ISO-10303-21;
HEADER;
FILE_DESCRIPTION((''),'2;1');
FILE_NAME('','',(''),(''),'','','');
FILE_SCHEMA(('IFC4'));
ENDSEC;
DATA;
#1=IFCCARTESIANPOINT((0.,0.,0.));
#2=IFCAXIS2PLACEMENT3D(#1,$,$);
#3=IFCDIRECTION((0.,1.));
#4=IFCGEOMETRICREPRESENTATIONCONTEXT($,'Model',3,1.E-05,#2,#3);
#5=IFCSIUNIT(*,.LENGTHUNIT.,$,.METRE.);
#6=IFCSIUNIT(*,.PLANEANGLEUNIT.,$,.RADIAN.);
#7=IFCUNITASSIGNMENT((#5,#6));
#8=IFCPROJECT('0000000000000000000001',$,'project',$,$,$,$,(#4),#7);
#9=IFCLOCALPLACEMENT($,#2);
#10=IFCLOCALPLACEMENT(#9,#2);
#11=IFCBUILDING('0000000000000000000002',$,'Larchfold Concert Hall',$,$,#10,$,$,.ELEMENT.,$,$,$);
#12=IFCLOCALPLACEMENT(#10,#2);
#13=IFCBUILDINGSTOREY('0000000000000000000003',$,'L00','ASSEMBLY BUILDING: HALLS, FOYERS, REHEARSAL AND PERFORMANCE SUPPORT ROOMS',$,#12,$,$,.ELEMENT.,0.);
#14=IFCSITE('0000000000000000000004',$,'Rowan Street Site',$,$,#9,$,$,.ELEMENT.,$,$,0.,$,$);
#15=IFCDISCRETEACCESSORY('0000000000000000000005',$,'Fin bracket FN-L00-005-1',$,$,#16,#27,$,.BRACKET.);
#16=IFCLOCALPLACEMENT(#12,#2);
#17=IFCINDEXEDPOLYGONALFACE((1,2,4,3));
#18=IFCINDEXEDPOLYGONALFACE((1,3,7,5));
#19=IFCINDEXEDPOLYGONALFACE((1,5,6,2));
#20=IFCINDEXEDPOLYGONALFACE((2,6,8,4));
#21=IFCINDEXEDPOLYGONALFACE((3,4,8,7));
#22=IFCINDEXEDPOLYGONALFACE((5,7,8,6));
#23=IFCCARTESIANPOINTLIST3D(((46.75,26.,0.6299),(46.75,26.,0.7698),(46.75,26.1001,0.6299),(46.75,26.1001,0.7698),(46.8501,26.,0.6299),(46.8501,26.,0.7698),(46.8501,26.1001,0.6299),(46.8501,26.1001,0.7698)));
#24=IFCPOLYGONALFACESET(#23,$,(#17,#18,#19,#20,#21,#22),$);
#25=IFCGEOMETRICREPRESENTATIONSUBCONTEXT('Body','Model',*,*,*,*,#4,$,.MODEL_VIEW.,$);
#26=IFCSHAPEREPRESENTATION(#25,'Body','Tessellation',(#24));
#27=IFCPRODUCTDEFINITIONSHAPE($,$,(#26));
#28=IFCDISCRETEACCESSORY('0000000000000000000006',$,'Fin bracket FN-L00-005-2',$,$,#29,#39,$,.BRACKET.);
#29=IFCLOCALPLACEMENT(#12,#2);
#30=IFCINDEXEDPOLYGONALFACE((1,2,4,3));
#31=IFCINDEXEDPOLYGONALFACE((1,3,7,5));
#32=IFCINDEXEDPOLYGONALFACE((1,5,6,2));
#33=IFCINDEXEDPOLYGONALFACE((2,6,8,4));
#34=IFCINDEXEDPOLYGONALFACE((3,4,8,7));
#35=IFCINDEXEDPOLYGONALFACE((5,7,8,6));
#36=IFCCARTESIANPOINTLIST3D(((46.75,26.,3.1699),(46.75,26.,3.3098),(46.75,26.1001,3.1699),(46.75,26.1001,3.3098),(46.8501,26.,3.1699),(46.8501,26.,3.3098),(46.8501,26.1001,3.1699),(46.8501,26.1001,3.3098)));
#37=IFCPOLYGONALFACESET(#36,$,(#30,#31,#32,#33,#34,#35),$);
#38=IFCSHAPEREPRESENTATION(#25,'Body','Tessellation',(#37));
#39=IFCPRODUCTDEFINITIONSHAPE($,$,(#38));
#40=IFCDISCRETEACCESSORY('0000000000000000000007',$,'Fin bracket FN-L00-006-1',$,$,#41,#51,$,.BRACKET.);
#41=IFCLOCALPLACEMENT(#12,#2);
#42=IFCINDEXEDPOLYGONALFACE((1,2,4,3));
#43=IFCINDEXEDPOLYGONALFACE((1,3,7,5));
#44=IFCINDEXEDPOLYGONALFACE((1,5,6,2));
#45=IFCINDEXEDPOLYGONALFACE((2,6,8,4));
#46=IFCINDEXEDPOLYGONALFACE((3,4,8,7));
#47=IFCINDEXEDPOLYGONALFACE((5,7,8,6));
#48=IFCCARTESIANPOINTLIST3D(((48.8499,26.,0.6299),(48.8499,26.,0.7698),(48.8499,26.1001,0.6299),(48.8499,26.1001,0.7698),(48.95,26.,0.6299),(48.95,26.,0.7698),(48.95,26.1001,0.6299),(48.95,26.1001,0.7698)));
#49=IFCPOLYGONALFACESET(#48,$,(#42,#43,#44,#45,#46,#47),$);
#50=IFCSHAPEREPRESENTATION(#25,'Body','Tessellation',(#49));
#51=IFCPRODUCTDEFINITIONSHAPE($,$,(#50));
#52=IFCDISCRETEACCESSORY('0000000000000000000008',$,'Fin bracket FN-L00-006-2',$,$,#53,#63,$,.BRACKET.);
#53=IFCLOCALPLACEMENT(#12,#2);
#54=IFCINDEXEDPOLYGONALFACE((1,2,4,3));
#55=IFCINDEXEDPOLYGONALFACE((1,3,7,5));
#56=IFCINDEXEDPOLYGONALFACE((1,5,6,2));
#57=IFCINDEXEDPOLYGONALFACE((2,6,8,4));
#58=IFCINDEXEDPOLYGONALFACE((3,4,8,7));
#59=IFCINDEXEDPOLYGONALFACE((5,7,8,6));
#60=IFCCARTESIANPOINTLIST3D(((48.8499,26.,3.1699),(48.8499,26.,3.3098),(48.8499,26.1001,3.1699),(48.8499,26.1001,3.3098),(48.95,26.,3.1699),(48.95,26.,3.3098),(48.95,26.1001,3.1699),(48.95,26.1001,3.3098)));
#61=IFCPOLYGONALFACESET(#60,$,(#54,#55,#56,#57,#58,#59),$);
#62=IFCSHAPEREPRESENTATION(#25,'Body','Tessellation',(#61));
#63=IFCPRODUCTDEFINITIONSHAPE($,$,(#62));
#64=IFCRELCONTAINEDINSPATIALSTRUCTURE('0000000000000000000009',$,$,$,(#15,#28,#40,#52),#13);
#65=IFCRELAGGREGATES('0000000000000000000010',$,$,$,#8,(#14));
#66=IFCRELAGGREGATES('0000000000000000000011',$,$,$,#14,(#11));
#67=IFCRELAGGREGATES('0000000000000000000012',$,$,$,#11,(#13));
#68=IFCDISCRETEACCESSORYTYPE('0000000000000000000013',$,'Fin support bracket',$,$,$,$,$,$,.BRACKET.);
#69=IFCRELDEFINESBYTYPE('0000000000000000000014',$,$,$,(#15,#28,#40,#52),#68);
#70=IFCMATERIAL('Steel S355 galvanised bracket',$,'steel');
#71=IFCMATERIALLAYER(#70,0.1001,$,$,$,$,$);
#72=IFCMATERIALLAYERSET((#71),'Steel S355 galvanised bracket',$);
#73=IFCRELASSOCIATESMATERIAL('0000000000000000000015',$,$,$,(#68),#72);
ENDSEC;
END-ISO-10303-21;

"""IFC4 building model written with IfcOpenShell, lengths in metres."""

from ifc_helpers import new_model, si_unit, direction, frame, origin, origin_2d, place, context, subcontext, project, spatial, rectangle, extrude, material, layer, layer_set, type_object, element, save


model = new_model("IFC4")

# Units and contexts
model_context = context("Model", 3, precision=1e-05, world=origin(), true_north=direction((0.0, 1.0)))
body_context = subcontext(model_context, "Body", "Model", "MODEL_VIEW")
ifc_project = project(units=[si_unit("LENGTHUNIT", "METRE"), si_unit("PLANEANGLEUNIT", "RADIAN")], contexts=[model_context])

# Site, building, storey
site_placement = place(None, origin())
site = spatial("IfcSite", under=ifc_project, at=site_placement, Name="Rowan Street Site", CompositionType="ELEMENT", RefElevation=0.0)
building_placement = place(site_placement, origin())
building = spatial("IfcBuilding", under=site, at=building_placement, Name="Larchfold Concert Hall", CompositionType="ELEMENT")
storey_placement = place(building_placement, origin())
storey = spatial("IfcBuildingStorey", under=building, at=storey_placement, Name="L00", Description="ASSEMBLY BUILDING: HALLS, FOYERS, REHEARSAL AND PERFORMANCE SUPPORT ROOMS", CompositionType="ELEMENT", Elevation=0.0)

# Discrete accessories
ifc_material_1 = material(Name="Steel S355 galvanised bracket", Category="steel")
ifc_layer_1 = layer(ifc_material_1, 0.1001)
ifc_layer_set_1 = layer_set([ifc_layer_1], Name="Steel S355 galvanised bracket")
discrete_accessory_type = type_object("IfcDiscreteAccessoryType", Name="Fin support bracket", PredefinedType="BRACKET", material=ifc_layer_set_1)
for number, where, z_axis, x_axis, name in (
    (1, (46.8, 26.05, 0.6299), (0.0, 0.0, 1.0), (0.0, 1.0, 0.0), "Fin bracket FN-L00-005-1"),
    (2, (46.8, 26.05, 3.1699), (0.0, 0.0, 1.0), (0.0, 1.0, 0.0), "Fin bracket FN-L00-005-2"),
    (3, (48.8999, 26.05, 0.6299), (0.0, 0.0, 1.0), (0.0, 1.0, 0.0), "Fin bracket FN-L00-006-1"),
    (4, (48.8999, 26.05, 3.1699), (0.0, 0.0, 1.0), (0.0, 1.0, 0.0), "Fin bracket FN-L00-006-2"),
):
    element("IfcDiscreteAccessory", number, at=place(storey_placement, frame(where, z_axis=z_axis, x_axis=x_axis)), inside=storey, type_object=discrete_accessory_type, Name=name, PredefinedType="BRACKET", context=body_context, shape_type="SweptSolid", body=[
        extrude(rectangle(XDim=0.1001, YDim=0.1001, at=origin_2d()), origin(), (0.0, 0.0, 1.0), 0.1399),
    ])

save(model, "model.ifc")
